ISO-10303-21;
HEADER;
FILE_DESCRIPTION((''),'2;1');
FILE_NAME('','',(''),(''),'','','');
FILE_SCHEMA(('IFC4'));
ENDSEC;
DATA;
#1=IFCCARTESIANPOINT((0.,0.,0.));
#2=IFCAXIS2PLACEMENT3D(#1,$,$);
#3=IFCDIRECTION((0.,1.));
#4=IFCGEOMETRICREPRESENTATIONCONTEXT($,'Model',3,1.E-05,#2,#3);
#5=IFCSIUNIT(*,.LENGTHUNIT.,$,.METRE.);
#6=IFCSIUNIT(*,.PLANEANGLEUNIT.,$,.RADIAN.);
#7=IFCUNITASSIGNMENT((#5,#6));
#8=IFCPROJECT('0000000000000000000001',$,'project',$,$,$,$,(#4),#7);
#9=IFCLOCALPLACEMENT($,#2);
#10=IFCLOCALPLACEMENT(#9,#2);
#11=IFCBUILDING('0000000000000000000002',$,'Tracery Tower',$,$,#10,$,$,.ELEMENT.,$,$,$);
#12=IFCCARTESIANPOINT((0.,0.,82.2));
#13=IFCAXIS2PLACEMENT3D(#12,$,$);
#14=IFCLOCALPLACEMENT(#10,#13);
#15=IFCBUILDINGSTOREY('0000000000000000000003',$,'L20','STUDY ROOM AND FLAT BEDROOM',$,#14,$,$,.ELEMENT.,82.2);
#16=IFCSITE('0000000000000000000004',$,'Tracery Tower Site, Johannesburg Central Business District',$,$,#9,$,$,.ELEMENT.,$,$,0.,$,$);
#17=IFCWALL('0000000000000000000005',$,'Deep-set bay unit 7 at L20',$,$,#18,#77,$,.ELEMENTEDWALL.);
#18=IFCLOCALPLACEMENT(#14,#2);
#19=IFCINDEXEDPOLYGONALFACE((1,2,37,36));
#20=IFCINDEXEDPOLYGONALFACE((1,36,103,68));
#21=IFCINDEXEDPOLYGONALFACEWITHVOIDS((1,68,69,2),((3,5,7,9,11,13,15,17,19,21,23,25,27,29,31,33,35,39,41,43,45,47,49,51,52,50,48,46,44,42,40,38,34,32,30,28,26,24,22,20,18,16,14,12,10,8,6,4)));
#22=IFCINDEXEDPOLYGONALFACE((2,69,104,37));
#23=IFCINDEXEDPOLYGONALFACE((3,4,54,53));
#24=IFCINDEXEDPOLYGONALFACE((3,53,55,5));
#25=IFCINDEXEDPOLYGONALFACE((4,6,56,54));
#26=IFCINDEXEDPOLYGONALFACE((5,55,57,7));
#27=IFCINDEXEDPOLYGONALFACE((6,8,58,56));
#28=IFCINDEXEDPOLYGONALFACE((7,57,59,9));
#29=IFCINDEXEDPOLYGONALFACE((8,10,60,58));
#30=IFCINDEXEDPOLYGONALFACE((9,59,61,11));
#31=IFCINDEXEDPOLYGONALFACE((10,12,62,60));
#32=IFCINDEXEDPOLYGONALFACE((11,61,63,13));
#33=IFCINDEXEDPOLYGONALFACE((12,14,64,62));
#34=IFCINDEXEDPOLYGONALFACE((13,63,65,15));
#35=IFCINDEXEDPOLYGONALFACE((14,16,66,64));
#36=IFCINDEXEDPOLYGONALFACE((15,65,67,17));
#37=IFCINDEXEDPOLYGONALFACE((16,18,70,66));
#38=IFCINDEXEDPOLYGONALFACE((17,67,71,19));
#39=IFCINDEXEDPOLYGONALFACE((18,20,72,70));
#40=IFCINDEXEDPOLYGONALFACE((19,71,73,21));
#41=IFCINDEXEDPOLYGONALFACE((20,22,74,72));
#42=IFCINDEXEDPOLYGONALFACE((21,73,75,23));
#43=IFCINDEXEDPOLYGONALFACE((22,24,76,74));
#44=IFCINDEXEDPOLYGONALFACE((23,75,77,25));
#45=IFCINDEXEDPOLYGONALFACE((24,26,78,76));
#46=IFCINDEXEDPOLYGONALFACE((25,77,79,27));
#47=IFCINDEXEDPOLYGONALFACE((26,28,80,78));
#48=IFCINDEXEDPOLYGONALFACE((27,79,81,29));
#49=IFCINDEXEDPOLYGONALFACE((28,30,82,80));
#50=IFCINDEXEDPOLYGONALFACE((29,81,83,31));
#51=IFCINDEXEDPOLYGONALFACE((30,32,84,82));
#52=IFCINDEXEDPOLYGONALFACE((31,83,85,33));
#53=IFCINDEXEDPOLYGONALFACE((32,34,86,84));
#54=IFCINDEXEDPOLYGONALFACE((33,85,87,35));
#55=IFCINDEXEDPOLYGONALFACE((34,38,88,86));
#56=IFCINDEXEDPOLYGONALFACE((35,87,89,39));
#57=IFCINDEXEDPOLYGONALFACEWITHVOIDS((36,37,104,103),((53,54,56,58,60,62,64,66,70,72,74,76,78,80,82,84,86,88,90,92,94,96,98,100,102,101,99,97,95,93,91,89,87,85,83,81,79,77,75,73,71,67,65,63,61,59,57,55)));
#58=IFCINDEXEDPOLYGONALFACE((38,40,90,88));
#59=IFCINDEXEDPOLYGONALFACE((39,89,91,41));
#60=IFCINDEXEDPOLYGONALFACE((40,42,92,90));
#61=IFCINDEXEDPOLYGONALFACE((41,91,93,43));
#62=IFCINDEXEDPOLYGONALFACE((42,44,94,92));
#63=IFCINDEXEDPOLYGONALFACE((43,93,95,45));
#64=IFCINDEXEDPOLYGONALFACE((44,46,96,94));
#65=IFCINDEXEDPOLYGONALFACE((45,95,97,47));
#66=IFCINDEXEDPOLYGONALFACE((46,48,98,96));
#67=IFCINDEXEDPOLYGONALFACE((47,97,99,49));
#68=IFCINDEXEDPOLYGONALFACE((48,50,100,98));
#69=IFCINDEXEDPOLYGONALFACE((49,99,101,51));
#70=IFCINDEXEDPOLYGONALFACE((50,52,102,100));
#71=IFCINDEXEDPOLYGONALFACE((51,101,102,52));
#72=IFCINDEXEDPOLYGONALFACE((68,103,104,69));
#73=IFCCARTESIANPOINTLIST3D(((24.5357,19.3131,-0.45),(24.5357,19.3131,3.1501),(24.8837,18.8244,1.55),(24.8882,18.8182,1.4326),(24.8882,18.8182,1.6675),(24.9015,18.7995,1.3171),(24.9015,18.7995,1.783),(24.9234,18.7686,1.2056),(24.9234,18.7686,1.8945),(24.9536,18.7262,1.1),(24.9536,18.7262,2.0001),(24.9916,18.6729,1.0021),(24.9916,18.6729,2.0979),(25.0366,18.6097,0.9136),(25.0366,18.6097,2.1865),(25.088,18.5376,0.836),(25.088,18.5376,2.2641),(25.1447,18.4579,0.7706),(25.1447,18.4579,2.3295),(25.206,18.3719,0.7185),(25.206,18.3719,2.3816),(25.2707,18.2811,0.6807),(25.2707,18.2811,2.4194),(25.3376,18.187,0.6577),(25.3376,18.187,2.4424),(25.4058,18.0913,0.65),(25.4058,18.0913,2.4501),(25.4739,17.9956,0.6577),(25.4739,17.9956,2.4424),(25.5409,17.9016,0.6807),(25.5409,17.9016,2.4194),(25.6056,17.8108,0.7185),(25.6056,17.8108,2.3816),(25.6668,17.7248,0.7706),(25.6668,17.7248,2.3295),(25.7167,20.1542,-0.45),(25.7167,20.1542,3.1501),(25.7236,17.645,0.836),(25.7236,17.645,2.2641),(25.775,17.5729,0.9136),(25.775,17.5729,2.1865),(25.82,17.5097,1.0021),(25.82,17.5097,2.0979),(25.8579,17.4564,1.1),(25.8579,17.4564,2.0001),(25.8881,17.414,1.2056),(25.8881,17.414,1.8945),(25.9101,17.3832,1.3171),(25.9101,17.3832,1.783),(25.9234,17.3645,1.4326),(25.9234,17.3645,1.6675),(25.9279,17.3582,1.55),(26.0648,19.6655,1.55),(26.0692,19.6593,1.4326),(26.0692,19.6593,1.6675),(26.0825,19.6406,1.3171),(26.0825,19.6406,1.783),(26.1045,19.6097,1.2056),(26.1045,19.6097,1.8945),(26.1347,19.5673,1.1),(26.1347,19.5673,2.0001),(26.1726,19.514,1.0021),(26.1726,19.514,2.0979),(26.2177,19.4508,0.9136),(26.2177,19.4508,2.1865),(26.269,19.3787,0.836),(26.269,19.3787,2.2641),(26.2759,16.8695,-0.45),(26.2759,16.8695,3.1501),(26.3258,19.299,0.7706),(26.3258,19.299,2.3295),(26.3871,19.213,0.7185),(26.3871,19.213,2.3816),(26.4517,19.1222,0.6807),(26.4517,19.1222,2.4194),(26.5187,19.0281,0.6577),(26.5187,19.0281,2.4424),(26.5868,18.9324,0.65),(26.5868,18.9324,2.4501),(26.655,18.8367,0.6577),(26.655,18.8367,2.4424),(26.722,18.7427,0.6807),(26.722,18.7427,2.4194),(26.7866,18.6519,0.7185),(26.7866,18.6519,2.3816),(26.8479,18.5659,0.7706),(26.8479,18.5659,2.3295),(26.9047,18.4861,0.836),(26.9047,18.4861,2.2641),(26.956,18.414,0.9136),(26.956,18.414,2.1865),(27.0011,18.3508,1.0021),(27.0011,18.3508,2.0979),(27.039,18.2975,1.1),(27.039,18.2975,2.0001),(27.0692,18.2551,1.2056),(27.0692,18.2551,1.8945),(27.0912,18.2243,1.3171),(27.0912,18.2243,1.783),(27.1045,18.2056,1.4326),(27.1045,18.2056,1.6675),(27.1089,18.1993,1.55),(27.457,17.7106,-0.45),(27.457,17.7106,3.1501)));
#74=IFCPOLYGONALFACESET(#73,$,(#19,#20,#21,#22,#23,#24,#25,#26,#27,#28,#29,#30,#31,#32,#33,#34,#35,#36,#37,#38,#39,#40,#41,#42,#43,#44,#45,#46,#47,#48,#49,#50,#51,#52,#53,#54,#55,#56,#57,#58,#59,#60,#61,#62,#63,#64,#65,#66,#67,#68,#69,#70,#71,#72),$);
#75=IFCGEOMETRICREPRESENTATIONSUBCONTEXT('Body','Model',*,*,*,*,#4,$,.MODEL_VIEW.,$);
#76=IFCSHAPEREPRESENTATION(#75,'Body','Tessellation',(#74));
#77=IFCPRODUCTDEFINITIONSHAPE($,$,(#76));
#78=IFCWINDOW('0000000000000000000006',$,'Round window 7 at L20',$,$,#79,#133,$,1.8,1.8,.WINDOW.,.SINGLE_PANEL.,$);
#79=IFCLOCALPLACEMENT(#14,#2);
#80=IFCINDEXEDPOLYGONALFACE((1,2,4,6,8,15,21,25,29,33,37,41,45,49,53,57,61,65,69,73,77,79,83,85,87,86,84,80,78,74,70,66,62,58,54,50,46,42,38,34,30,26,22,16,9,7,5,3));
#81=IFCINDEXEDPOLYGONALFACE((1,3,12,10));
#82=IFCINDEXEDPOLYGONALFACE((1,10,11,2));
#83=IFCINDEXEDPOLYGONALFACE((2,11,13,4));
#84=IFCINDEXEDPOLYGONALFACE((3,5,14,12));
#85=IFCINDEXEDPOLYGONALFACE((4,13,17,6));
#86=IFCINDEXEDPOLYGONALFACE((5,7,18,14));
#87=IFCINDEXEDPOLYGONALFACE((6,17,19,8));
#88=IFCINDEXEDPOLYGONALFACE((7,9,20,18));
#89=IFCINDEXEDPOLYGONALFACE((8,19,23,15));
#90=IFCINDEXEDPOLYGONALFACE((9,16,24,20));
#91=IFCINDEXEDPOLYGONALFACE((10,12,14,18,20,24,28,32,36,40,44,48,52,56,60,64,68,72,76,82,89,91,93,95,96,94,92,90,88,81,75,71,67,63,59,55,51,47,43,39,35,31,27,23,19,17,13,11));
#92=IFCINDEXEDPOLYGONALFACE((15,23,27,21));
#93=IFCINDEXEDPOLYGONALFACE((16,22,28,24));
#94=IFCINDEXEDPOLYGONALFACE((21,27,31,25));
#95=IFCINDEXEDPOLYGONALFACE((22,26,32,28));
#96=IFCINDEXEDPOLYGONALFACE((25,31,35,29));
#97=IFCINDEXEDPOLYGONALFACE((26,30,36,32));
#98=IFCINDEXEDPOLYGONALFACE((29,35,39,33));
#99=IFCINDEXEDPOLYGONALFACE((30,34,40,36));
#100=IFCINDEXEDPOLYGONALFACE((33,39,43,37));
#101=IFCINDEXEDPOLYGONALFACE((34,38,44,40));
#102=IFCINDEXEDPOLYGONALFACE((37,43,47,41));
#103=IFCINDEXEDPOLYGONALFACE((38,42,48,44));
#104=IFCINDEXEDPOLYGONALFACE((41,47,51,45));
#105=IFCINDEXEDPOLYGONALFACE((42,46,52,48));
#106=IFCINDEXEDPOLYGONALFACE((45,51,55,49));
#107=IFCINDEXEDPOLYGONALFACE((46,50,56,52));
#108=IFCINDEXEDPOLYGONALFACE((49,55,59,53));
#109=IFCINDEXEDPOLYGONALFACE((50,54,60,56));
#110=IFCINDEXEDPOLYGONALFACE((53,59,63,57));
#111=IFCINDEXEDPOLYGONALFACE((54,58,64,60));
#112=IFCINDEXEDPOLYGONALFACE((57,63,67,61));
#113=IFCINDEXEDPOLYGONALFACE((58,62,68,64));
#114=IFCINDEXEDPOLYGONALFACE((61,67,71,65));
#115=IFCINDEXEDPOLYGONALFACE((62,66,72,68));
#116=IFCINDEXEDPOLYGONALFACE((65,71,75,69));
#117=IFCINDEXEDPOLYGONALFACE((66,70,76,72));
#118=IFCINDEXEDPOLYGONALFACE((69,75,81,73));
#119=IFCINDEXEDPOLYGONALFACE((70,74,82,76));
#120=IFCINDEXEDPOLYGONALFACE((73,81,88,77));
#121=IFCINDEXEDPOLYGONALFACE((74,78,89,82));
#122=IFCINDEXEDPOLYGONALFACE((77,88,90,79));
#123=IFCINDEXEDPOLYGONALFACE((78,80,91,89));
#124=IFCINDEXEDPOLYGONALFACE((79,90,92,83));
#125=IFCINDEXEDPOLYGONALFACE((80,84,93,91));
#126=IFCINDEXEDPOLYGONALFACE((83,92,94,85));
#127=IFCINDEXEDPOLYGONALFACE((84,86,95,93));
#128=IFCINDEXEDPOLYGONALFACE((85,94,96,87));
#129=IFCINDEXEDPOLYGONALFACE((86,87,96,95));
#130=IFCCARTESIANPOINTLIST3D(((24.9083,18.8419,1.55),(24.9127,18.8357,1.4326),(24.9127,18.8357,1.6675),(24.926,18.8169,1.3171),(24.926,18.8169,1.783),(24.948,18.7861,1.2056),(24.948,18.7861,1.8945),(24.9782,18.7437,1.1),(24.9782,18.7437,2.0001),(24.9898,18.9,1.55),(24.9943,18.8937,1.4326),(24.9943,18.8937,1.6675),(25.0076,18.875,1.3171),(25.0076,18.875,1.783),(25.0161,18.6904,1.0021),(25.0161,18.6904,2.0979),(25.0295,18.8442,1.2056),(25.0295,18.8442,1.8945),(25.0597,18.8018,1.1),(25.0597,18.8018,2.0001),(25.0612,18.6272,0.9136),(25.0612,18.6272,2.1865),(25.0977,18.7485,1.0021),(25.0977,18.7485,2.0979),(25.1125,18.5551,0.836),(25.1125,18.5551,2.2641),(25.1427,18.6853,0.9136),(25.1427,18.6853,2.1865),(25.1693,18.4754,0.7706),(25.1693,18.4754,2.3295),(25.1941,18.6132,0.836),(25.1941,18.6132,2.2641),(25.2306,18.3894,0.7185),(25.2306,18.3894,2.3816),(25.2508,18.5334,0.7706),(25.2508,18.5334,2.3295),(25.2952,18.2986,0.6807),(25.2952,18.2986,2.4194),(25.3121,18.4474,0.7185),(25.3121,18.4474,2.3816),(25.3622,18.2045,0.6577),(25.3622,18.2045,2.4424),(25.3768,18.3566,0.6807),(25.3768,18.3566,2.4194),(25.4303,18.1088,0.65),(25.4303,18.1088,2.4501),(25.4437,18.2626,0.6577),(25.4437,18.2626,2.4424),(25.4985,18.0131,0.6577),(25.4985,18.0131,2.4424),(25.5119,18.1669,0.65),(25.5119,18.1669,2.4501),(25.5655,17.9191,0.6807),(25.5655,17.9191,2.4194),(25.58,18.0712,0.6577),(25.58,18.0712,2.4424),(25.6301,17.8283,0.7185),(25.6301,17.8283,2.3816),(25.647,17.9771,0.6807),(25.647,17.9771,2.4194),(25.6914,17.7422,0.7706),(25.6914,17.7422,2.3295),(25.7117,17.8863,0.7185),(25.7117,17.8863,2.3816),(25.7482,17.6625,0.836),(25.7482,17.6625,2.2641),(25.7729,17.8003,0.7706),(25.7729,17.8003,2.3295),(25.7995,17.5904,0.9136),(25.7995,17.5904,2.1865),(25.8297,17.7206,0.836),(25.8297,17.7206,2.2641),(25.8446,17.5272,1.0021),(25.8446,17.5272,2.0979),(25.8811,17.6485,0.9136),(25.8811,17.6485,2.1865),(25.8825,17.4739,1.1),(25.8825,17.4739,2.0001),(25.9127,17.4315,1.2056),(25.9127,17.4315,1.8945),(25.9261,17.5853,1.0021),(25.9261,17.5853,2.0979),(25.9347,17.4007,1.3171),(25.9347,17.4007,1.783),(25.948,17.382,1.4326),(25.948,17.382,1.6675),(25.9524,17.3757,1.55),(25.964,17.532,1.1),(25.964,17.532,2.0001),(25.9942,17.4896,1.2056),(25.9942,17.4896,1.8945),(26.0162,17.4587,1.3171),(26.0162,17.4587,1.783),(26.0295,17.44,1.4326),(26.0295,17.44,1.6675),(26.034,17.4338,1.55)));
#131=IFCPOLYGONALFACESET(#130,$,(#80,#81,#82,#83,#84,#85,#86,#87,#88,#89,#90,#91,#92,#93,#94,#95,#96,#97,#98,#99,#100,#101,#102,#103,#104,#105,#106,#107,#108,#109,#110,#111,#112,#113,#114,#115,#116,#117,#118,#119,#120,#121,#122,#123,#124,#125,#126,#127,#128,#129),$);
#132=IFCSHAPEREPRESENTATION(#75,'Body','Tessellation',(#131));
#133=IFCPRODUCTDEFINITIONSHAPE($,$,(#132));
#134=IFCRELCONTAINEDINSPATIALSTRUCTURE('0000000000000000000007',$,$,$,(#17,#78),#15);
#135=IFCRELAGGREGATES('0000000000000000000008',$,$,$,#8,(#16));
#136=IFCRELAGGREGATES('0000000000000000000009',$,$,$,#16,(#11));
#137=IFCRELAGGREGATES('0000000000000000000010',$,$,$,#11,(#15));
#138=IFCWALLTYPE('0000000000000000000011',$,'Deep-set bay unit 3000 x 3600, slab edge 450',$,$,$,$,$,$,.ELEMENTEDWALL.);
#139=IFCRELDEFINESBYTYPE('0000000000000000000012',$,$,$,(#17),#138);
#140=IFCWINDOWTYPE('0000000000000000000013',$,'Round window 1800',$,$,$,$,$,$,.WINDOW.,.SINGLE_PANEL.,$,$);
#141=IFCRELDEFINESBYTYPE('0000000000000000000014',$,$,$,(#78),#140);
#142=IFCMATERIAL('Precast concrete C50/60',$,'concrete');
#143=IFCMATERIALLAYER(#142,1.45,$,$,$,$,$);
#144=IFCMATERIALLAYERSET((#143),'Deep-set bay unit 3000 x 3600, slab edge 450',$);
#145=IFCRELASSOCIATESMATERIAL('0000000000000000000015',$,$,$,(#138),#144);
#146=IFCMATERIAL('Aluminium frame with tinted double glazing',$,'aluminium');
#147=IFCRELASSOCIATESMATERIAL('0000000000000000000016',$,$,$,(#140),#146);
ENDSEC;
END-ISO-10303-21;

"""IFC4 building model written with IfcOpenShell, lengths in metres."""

from ifc_helpers import new_model, si_unit, direction, frame, frame_2d, origin, origin_2d, place, context, subcontext, project, spatial, rectangle, circle, extrude, material, layer, layer_set, type_object, element, fill, save


model = new_model("IFC4")

# Units and contexts
model_context = context("Model", 3, precision=1e-05, world=origin(), true_north=direction((0.0, 1.0)))
body_context = subcontext(model_context, "Body", "Model", "MODEL_VIEW")
ifc_project = project(units=[si_unit("LENGTHUNIT", "METRE"), si_unit("PLANEANGLEUNIT", "RADIAN")], contexts=[model_context])

# Site, building, storey
site_placement = place(None, origin())
site = spatial("IfcSite", under=ifc_project, at=site_placement, Name="Tracery Tower Site, Johannesburg Central Business District", CompositionType="ELEMENT", RefElevation=0.0)
building_placement = place(site_placement, origin())
building = spatial("IfcBuilding", under=site, at=building_placement, Name="Tracery Tower", CompositionType="ELEMENT")
storey_placement = place(building_placement, frame((0.0, 0.0, 82.2)))
storey = spatial("IfcBuildingStorey", under=building, at=storey_placement, Name="L20", Description="STUDY ROOM AND FLAT BEDROOM", CompositionType="ELEMENT", Elevation=82.2)

# Wall, opening, window
ifc_material_1 = material(Name="Precast concrete C50/60", Category="concrete")
ifc_layer_1 = layer(ifc_material_1, 1.45)
ifc_layer_set_1 = layer_set([ifc_layer_1], Name="Deep-set bay unit 3000 x 3600, slab edge 450")
wall_type_1 = type_object("IfcWallType", Name="Deep-set bay unit 3000 x 3600, slab edge 450", PredefinedType="ELEMENTEDWALL", material=ifc_layer_set_1)
wall_1_placement = place(storey_placement, frame((26.8665, 17.29, -0.45), z_axis=(0.0, 0.0, 1.0), x_axis=(-0.580091, 0.814552, 0.0)))
wall_1 = element("IfcWall", 1, at=wall_1_placement, inside=storey, type_object=wall_type_1, Name="Deep-set bay unit 7 at L20", PredefinedType="ELEMENTEDWALL", context=body_context, shape_type="SweptSolid", body=[
    extrude(rectangle(XDim=3.0, YDim=1.45, at=frame_2d((1.5, 0.0))), origin(), (0.0, 0.0, 1.0), 3.6001),
])
opening_1_placement = place(wall_1_placement, frame((1.5, 0.0, 2.0)))
opening_1 = element("IfcOpeningElement", 2, at=opening_1_placement, cuts=wall_1, PredefinedType="OPENING", context=body_context, shape_type="SweptSolid", body=[
    extrude(circle(Radius=0.9, at=origin_2d()), frame((0.0, 0.7349, 0.0), z_axis=(0.0, -1.0, 0.0), x_axis=(1.0, 0.0, 0.0)), (0.0, 0.0, 1.0), 1.47),
])
ifc_material_2 = material(Name="Aluminium frame with tinted double glazing", Category="aluminium")
window_type = type_object("IfcWindowType", Name="Round window 1800", PartitioningType="SINGLE_PANEL", PredefinedType="WINDOW", material=ifc_material_2)
window_1_placement = place(opening_1_placement, origin())
window_1 = element("IfcWindow", 3, at=window_1_placement, inside=storey, type_object=window_type, Name="Round window 7 at L20", OverallHeight=1.8, OverallWidth=1.8, PartitioningType="SINGLE_PANEL", PredefinedType="WINDOW", context=body_context, shape_type="SweptSolid", body=[
    extrude(circle(Radius=0.9, at=origin_2d()), frame((0.0, 0.6948, 0.0), z_axis=(0.0, -1.0, 0.0), x_axis=(1.0, 0.0, 0.0)), (0.0, 0.0, 1.0), 0.1001),
])
fill(opening_1, window_1)

save(model, "model.ifc")
